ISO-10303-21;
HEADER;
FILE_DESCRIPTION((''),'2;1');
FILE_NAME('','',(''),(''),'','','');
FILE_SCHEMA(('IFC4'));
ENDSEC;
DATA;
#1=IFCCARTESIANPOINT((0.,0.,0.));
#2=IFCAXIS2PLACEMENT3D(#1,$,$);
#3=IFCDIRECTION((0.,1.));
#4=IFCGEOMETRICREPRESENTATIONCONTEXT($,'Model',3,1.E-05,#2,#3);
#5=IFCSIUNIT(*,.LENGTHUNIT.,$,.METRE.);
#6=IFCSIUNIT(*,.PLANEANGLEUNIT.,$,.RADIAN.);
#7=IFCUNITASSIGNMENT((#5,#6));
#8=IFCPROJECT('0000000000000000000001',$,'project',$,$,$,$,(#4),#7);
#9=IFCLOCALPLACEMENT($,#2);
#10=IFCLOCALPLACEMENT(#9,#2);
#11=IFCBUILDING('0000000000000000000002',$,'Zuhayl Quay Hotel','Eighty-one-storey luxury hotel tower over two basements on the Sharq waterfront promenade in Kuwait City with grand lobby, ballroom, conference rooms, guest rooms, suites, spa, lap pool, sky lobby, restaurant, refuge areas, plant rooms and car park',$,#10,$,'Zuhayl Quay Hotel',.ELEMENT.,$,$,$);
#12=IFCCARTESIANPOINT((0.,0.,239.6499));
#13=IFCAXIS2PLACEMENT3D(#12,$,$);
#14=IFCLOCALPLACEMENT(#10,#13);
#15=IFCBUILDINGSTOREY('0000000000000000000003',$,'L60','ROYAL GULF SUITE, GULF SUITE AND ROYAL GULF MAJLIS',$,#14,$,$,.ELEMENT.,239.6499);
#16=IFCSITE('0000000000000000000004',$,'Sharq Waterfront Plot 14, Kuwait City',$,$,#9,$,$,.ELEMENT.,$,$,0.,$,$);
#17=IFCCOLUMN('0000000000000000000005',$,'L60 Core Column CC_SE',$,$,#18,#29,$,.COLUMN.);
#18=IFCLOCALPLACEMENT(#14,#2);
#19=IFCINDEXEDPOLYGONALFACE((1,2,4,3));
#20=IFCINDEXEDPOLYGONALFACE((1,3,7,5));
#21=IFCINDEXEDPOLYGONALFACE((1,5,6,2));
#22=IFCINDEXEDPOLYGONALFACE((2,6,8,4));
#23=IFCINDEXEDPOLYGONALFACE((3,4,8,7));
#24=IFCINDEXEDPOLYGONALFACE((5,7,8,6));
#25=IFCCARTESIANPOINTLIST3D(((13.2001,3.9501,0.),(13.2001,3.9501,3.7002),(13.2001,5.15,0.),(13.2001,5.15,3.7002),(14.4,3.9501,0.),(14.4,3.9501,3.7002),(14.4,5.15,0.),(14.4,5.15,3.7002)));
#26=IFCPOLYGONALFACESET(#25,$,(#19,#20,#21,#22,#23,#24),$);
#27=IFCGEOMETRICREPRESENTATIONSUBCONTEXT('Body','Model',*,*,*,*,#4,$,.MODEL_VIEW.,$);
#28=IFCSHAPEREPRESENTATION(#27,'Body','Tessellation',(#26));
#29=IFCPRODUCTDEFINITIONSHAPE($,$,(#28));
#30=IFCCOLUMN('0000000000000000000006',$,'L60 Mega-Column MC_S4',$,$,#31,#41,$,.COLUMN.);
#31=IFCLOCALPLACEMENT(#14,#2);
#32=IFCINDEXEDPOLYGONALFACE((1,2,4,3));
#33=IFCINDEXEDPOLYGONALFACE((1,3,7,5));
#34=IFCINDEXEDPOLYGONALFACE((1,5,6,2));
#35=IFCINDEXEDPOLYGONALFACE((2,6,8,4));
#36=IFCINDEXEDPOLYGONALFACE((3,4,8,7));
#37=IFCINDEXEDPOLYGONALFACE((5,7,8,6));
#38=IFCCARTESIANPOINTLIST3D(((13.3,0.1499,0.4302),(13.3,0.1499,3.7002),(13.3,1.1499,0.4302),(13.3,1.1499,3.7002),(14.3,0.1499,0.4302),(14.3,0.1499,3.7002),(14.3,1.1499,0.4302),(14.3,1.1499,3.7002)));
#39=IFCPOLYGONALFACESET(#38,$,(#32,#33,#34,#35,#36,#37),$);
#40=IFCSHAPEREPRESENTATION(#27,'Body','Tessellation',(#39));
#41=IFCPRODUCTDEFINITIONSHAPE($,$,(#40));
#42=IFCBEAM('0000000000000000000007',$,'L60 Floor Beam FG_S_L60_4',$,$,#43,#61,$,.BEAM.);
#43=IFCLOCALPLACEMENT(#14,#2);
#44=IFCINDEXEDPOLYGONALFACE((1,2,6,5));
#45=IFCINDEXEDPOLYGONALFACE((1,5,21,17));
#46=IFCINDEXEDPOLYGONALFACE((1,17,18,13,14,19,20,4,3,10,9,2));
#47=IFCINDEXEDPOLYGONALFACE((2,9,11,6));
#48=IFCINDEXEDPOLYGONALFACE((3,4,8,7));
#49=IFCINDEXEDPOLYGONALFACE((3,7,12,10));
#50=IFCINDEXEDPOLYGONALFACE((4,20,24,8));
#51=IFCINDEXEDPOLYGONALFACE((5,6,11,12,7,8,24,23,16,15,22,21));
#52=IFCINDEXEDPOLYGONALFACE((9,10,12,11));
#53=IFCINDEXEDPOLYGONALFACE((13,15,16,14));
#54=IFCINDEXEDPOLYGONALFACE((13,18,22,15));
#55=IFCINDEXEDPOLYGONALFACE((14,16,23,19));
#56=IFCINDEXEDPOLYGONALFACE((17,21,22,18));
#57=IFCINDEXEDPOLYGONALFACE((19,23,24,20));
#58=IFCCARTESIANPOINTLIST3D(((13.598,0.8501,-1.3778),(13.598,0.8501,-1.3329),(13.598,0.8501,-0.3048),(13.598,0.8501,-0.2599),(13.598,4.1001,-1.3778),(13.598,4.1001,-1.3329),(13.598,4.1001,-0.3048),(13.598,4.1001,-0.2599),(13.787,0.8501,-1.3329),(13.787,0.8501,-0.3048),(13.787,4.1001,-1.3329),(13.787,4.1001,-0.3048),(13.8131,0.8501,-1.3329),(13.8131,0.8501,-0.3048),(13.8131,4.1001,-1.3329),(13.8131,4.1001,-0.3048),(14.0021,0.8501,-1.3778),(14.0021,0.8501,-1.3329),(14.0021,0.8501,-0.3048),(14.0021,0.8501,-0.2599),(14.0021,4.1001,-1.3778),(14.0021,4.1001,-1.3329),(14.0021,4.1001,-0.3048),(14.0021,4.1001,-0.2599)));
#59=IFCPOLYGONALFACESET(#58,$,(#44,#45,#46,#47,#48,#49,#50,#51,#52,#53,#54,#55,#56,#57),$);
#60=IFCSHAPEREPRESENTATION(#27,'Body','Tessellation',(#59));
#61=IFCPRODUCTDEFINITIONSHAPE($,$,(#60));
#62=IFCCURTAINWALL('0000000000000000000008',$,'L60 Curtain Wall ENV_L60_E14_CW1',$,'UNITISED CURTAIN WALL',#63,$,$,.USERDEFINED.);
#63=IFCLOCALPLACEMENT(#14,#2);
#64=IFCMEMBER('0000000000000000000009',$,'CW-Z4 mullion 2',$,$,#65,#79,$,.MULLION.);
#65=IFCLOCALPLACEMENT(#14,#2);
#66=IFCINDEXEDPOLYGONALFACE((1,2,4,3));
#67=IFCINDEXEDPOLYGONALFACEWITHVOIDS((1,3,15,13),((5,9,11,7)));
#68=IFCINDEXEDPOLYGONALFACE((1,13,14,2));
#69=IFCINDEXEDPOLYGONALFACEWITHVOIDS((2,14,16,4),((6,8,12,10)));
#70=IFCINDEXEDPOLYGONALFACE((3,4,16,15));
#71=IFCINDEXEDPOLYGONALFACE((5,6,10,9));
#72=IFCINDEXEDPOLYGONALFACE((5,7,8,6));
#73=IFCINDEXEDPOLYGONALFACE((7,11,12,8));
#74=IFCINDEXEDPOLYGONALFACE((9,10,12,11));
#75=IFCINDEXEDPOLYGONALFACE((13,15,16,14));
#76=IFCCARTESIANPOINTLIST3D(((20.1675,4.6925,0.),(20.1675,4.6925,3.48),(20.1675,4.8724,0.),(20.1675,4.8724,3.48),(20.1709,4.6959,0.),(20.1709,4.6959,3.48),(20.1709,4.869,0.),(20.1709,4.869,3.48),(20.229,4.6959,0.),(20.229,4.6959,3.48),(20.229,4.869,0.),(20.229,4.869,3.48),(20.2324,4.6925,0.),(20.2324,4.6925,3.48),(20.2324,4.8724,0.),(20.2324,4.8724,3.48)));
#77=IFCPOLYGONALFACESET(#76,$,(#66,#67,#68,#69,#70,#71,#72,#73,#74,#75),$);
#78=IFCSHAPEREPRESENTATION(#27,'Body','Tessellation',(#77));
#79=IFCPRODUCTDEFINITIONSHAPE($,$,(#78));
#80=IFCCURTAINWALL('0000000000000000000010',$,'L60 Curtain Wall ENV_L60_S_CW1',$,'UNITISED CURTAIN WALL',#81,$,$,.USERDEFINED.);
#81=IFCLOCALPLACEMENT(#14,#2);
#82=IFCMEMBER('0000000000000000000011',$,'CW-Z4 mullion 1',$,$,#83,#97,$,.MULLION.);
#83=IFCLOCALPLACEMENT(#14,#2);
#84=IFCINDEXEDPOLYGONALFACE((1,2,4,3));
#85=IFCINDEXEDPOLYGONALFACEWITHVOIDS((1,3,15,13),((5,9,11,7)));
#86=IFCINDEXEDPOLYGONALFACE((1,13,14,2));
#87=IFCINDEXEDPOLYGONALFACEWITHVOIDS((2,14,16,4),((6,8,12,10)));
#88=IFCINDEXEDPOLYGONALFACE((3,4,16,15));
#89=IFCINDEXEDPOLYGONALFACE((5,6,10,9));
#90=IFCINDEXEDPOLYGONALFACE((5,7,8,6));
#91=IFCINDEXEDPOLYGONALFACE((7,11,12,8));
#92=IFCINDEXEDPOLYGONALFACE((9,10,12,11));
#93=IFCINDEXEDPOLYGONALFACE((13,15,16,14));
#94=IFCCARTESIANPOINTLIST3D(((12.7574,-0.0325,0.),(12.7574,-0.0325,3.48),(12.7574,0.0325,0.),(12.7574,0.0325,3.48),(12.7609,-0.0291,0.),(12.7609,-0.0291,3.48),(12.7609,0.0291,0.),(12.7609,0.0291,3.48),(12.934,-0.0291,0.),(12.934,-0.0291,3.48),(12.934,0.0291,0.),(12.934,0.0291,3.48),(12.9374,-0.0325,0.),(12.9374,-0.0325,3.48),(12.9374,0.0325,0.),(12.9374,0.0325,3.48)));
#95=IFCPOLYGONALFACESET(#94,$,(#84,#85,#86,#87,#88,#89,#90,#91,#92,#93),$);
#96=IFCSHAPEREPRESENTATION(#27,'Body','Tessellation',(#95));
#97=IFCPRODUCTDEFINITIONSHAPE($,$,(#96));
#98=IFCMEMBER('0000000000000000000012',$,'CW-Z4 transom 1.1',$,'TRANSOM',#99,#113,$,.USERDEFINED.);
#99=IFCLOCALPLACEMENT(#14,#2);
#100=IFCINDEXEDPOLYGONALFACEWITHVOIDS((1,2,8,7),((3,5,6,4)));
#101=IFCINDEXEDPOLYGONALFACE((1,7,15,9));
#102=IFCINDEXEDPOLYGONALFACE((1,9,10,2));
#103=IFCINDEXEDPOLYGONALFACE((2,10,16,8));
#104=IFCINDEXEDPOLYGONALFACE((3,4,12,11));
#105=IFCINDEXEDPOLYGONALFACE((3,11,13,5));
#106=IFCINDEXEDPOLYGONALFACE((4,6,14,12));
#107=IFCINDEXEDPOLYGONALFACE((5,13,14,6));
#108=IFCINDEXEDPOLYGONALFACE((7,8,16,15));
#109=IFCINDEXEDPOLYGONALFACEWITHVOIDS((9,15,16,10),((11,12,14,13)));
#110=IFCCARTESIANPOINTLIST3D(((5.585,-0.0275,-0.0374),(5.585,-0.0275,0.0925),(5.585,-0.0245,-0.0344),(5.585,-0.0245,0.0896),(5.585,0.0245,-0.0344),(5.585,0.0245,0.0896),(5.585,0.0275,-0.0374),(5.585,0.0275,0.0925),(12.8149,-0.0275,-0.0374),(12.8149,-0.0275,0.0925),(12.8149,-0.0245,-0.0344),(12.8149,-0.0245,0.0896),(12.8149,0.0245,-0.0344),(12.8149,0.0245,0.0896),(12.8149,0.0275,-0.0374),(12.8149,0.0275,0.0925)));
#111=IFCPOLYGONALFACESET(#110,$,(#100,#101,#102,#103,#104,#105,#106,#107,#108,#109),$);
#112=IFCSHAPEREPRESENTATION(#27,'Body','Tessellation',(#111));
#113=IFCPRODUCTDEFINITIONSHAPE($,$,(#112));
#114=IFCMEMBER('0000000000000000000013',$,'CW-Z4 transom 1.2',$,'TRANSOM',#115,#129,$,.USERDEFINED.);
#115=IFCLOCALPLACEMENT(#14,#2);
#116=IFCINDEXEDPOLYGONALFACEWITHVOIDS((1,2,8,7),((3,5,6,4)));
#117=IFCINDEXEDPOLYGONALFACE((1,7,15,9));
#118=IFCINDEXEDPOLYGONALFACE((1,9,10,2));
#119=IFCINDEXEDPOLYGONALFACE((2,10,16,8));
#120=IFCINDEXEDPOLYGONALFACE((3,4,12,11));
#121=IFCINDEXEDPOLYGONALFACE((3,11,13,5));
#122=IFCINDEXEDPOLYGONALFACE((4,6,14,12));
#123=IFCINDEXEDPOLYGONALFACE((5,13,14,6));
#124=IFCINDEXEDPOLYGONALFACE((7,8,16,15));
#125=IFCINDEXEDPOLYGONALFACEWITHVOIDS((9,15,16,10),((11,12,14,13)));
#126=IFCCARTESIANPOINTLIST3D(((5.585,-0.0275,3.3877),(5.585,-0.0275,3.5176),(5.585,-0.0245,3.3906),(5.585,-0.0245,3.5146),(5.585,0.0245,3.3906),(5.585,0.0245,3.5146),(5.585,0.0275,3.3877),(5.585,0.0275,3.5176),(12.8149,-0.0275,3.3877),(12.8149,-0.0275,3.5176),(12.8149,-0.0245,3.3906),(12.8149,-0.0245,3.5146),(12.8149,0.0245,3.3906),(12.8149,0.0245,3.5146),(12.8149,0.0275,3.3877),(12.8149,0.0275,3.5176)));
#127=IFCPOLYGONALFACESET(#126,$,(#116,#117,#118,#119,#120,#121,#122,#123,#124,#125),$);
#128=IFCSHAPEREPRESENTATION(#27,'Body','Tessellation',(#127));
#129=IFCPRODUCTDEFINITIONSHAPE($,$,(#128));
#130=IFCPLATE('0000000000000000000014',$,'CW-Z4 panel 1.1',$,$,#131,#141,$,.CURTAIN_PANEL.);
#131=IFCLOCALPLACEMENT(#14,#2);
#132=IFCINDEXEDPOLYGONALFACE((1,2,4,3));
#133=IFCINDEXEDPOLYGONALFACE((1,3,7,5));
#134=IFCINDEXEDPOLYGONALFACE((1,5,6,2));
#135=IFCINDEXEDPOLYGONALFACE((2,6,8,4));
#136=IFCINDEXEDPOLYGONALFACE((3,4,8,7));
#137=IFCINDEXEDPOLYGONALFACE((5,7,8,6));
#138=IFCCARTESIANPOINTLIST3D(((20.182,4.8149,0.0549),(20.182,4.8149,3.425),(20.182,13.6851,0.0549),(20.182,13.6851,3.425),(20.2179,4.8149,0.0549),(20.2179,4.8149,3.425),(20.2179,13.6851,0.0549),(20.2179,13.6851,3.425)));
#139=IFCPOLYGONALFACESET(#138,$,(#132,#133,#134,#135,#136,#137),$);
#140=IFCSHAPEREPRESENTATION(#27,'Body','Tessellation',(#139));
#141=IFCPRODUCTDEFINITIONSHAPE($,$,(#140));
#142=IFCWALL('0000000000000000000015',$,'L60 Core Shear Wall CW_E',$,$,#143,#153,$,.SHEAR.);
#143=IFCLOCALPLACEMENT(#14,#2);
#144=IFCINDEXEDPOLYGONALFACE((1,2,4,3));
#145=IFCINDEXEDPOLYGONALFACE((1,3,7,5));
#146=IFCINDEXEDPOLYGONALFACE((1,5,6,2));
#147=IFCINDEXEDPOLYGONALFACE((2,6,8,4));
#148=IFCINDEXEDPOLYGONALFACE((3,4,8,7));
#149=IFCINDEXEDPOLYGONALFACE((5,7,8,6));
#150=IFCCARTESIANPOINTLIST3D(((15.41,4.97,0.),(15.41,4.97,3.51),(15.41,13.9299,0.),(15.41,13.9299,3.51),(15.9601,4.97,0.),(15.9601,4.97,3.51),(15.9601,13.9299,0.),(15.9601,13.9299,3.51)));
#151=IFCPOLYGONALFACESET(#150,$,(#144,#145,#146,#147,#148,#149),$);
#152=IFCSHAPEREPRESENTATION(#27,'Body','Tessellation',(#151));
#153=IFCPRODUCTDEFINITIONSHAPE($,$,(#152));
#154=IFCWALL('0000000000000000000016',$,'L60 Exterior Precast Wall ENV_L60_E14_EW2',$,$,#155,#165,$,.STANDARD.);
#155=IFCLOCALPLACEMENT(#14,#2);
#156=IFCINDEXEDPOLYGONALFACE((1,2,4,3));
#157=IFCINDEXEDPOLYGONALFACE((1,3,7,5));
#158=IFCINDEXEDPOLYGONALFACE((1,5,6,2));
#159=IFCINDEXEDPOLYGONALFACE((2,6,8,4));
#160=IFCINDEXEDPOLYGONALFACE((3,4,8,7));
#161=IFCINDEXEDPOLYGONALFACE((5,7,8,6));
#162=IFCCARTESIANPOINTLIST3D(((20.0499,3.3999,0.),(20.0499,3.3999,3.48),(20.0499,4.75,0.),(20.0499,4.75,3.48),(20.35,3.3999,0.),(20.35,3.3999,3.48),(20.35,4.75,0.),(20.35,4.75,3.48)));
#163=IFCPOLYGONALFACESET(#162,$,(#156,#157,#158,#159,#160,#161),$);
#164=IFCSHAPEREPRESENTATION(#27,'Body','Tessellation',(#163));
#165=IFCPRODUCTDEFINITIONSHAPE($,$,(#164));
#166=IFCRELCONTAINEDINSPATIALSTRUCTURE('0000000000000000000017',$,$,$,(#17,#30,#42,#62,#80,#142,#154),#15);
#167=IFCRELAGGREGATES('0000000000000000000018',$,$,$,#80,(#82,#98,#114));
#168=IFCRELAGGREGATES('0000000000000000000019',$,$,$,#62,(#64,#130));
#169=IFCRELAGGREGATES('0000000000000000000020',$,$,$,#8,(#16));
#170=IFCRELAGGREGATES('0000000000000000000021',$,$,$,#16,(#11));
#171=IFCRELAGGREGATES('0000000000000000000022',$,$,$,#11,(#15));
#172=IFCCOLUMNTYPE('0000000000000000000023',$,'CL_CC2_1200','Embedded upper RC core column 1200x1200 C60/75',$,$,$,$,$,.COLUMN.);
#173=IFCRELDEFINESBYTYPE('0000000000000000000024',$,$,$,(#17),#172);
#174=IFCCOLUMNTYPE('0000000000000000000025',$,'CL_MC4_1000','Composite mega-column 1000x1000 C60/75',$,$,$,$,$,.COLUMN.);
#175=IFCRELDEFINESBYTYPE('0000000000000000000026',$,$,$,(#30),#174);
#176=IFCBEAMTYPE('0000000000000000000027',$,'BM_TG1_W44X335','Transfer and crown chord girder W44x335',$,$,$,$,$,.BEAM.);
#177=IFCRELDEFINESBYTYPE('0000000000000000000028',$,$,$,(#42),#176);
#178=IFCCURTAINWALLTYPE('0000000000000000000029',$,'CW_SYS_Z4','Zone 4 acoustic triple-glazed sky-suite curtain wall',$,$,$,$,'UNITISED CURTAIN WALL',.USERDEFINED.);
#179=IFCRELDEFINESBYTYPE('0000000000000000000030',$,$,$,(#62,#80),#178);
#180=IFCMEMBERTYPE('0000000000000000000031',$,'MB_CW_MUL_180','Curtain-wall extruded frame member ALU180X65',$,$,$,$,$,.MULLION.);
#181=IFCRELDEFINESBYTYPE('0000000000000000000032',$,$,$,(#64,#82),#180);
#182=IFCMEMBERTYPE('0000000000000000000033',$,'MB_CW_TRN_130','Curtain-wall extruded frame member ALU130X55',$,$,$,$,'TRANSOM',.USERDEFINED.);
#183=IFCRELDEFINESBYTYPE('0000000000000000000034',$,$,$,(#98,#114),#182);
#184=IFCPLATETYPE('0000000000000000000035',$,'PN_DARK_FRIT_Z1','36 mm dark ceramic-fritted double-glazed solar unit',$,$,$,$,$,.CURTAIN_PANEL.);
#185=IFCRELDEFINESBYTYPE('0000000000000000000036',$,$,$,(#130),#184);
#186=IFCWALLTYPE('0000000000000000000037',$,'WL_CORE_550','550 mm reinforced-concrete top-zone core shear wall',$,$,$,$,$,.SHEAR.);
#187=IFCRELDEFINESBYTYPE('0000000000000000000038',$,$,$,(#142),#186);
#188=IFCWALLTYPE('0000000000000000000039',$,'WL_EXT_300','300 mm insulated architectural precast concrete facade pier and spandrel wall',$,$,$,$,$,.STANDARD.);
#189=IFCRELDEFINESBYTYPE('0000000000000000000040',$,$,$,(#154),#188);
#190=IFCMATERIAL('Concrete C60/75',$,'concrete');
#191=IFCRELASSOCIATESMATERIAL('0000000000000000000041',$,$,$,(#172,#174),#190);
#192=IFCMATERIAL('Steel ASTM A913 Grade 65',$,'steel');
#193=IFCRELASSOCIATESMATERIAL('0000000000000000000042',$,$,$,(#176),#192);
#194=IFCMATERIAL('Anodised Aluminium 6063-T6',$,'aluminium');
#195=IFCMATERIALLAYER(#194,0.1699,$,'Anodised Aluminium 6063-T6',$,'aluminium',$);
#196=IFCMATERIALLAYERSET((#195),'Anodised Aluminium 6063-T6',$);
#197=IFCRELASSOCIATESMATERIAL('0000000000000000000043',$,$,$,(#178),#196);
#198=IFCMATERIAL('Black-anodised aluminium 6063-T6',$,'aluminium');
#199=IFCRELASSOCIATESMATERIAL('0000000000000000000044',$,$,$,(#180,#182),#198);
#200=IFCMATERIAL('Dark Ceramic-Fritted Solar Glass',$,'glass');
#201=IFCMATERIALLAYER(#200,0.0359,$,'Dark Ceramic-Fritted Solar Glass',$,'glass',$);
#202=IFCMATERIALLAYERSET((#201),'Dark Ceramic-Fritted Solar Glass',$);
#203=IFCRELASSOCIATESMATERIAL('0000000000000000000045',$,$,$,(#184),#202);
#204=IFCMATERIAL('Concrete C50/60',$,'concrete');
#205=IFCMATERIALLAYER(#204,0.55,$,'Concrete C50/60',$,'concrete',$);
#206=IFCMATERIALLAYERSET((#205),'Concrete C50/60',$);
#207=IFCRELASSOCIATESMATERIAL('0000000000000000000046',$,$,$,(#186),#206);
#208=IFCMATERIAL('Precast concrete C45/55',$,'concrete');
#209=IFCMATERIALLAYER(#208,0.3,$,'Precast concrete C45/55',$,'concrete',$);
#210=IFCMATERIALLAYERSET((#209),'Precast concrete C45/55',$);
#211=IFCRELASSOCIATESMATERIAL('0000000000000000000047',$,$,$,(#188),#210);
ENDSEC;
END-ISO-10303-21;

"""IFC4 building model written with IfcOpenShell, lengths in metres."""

from ifc_helpers import new_model, si_unit, direction, frame, frame_2d, origin, origin_2d, place, context, subcontext, project, spatial, rectangle, hollow_rectangle, i_section, extrude, material, layer, layer_set, material_profile, profile_set, type_object, element, aggregate, save


model = new_model("IFC4")

# Units and contexts
model_context = context("Model", 3, precision=1e-05, world=origin(), true_north=direction((0.0, 1.0)))
body_context = subcontext(model_context, "Body", "Model", "MODEL_VIEW")
ifc_project = project(units=[si_unit("LENGTHUNIT", "METRE"), si_unit("PLANEANGLEUNIT", "RADIAN")], contexts=[model_context])

# Site, building, storey
site_placement = place(None, origin())
site = spatial("IfcSite", under=ifc_project, at=site_placement, Name="Sharq Waterfront Plot 14, Kuwait City", CompositionType="ELEMENT", RefElevation=0.0)
building_placement = place(site_placement, origin())
building = spatial("IfcBuilding", under=site, at=building_placement, Name="Zuhayl Quay Hotel", Description="Eighty-one-storey luxury hotel tower over two basements on the Sharq waterfront promenade in Kuwait City with grand lobby, ballroom, conference rooms, guest rooms, suites, spa, lap pool, sky lobby, restaurant, refuge areas, plant rooms and car park", LongName="Zuhayl Quay Hotel", CompositionType="ELEMENT")
storey_placement = place(building_placement, frame((0.0, 0.0, 239.6499)))
storey = spatial("IfcBuildingStorey", under=building, at=storey_placement, Name="L60", Description="ROYAL GULF SUITE, GULF SUITE AND ROYAL GULF MAJLIS", CompositionType="ELEMENT", Elevation=239.6499)

# Columns
ifc_material_1 = material(Name="Concrete C60/75", Category="concrete")
ifc_material_profile_1 = material_profile(ifc_material_1, rectangle(XDim=1.2, YDim=1.2, at=origin_2d()), Name="RC1200X1200")
ifc_profile_set_1 = profile_set([ifc_material_profile_1], Name="Concrete C60/75")
column_type_1 = type_object("IfcColumnType", Name="CL_CC2_1200", Description="Embedded upper RC core column 1200x1200 C60/75", PredefinedType="COLUMN", material=ifc_profile_set_1)
column_1_placement = place(storey_placement, frame((13.8, 4.55, 0.0), z_axis=(0.0, 0.0, 1.0), x_axis=(1.0, 0.0, 0.0)))
element("IfcColumn", 1, at=column_1_placement, inside=storey, type_object=column_type_1, Name="L60 Core Column CC_SE", PredefinedType="COLUMN", context=body_context, shape_type="SweptSolid", body=[
    extrude(rectangle(XDim=1.2, YDim=1.2, at=origin_2d()), origin(), (0.0, 0.0, 1.0), 3.7002),
])
ifc_material_profile_2 = material_profile(ifc_material_1, rectangle(XDim=1.0, YDim=1.0, at=origin_2d()), Name="RC1000X1000")
ifc_profile_set_2 = profile_set([ifc_material_profile_2], Name="Concrete C60/75")
column_type_2 = type_object("IfcColumnType", Name="CL_MC4_1000", Description="Composite mega-column 1000x1000 C60/75", PredefinedType="COLUMN", material=ifc_profile_set_2)
column_2_placement = place(storey_placement, frame((13.8, 0.6499, 0.4302), z_axis=(0.0, 0.0, 1.0), x_axis=(1.0, 0.0, 0.0)))
element("IfcColumn", 2, at=column_2_placement, inside=storey, type_object=column_type_2, Name="L60 Mega-Column MC_S4", PredefinedType="COLUMN", context=body_context, shape_type="SweptSolid", body=[
    extrude(rectangle(XDim=1.0, YDim=1.0, at=origin_2d()), origin(), (0.0, 0.0, 1.0), 3.27),
])

# Beam
ifc_material_2 = material(Name="Steel ASTM A913 Grade 65", Category="steel")
ifc_material_profile_3 = material_profile(ifc_material_2, i_section(OverallWidth=0.4041, OverallDepth=1.1179, WebThickness=0.0261, FlangeThickness=0.0449, at=origin_2d()), Name="W44X335")
ifc_profile_set_3 = profile_set([ifc_material_profile_3], Name="Steel ASTM A913 Grade 65")
beam_type = type_object("IfcBeamType", Name="BM_TG1_W44X335", Description="Transfer and crown chord girder W44x335", PredefinedType="BEAM", material=ifc_profile_set_3)
beam_placement = place(storey_placement, frame((13.8, 0.8501, -0.8188), z_axis=(0.0, 1.0, 0.0), x_axis=(-1.0, 0.0, 0.0)))
element("IfcBeam", 3, at=beam_placement, inside=storey, type_object=beam_type, Name="L60 Floor Beam FG_S_L60_4", PredefinedType="BEAM", context=body_context, shape_type="SweptSolid", body=[
    extrude(i_section(OverallWidth=0.4041, OverallDepth=1.1179, WebThickness=0.0261, FlangeThickness=0.0449, at=origin_2d()), origin(), (0.0, 0.0, 1.0), 3.25),
])

# Curtain wall, member
ifc_material_3 = material(Name="Anodised Aluminium 6063-T6", Category="aluminium")
ifc_layer_1 = layer(ifc_material_3, 0.1699, Name="Anodised Aluminium 6063-T6", Category="aluminium")
ifc_layer_set_1 = layer_set([ifc_layer_1], Name="Anodised Aluminium 6063-T6")
curtain_wall_type = type_object("IfcCurtainWallType", Name="CW_SYS_Z4", Description="Zone 4 acoustic triple-glazed sky-suite curtain wall", ElementType="UNITISED CURTAIN WALL", PredefinedType="USERDEFINED", material=ifc_layer_set_1)
curtain_wall_1_placement = place(storey_placement, origin())
curtain_wall_1 = element("IfcCurtainWall", 4, at=curtain_wall_1_placement, inside=storey, type_object=curtain_wall_type, Name="L60 Curtain Wall ENV_L60_E14_CW1", ObjectType="UNITISED CURTAIN WALL", PredefinedType="USERDEFINED")
ifc_material_4 = material(Name="Black-anodised aluminium 6063-T6", Category="aluminium")
ifc_material_profile_4 = material_profile(ifc_material_4, hollow_rectangle(XDim=0.0649, YDim=0.1799, WallThickness=0.0034, at=origin_2d()), Name="ALU180X65")
ifc_profile_set_4 = profile_set([ifc_material_profile_4], Name="Black-anodised aluminium 6063-T6")
member_type_1 = type_object("IfcMemberType", Name="MB_CW_MUL_180", Description="Curtain-wall extruded frame member ALU180X65", PredefinedType="MULLION", material=ifc_profile_set_4)
member_1_placement = place(storey_placement, frame((20.2, 4.7825, 0.0), z_axis=(0.0, 0.0, 1.0), x_axis=(1.0, 0.0, 0.0)))
member_1 = element("IfcMember", 5, at=member_1_placement, type_object=member_type_1, Name="CW-Z4 mullion 2", PredefinedType="MULLION", context=body_context, shape_type="SweptSolid", body=[
    extrude(hollow_rectangle(XDim=0.0649, YDim=0.1799, WallThickness=0.0034, at=origin_2d()), origin(), (0.0, 0.0, 1.0), 3.48),
])

# Curtain wall, members
curtain_wall_2_placement = place(storey_placement, origin())
curtain_wall_2 = element("IfcCurtainWall", 6, at=curtain_wall_2_placement, inside=storey, type_object=curtain_wall_type, Name="L60 Curtain Wall ENV_L60_S_CW1", ObjectType="UNITISED CURTAIN WALL", PredefinedType="USERDEFINED")
member_2_placement = place(storey_placement, frame((12.8474, 0.0, 0.0), z_axis=(0.0, 0.0, 1.0), x_axis=(0.0, -1.0, 0.0)))
member_2 = element("IfcMember", 7, at=member_2_placement, type_object=member_type_1, Name="CW-Z4 mullion 1", PredefinedType="MULLION", context=body_context, shape_type="SweptSolid", body=[
    extrude(hollow_rectangle(XDim=0.0649, YDim=0.1799, WallThickness=0.0034, at=origin_2d()), origin(), (0.0, 0.0, 1.0), 3.48),
])
ifc_material_profile_5 = material_profile(ifc_material_4, hollow_rectangle(XDim=0.0549, YDim=0.1299, WallThickness=0.0029, at=origin_2d()), Name="ALU130X55")
ifc_profile_set_5 = profile_set([ifc_material_profile_5], Name="Black-anodised aluminium 6063-T6")
member_type_2 = type_object("IfcMemberType", Name="MB_CW_TRN_130", Description="Curtain-wall extruded frame member ALU130X55", ElementType="TRANSOM", PredefinedType="USERDEFINED", material=ifc_profile_set_5)
member_3_placement = place(storey_placement, frame((12.8149, 0.0, 0.0276), z_axis=(-1.0, 0.0, 0.0), x_axis=(0.0, -1.0, 0.0)))
member_3 = element("IfcMember", 8, at=member_3_placement, type_object=member_type_2, Name="CW-Z4 transom 1.1", ObjectType="TRANSOM", PredefinedType="USERDEFINED", context=body_context, shape_type="SweptSolid", body=[
    extrude(hollow_rectangle(XDim=0.0549, YDim=0.1299, WallThickness=0.0029, at=origin_2d()), origin(), (0.0, 0.0, 1.0), 7.23),
])
member_4_placement = place(storey_placement, frame((12.8149, 0.0, 3.4526), z_axis=(-1.0, 0.0, 0.0), x_axis=(0.0, -1.0, 0.0)))
member_4 = element("IfcMember", 9, at=member_4_placement, type_object=member_type_2, Name="CW-Z4 transom 1.2", ObjectType="TRANSOM", PredefinedType="USERDEFINED", context=body_context, shape_type="SweptSolid", body=[
    extrude(hollow_rectangle(XDim=0.0549, YDim=0.1299, WallThickness=0.0029, at=origin_2d()), origin(), (0.0, 0.0, 1.0), 7.23),
])
aggregate(curtain_wall_2, [member_2, member_3, member_4])

# Plate
ifc_material_5 = material(Name="Dark Ceramic-Fritted Solar Glass", Category="glass")
ifc_layer_2 = layer(ifc_material_5, 0.0359, Name="Dark Ceramic-Fritted Solar Glass", Category="glass")
ifc_layer_set_2 = layer_set([ifc_layer_2], Name="Dark Ceramic-Fritted Solar Glass")
plate_type = type_object("IfcPlateType", Name="PN_DARK_FRIT_Z1", Description="36 mm dark ceramic-fritted double-glazed solar unit", PredefinedType="CURTAIN_PANEL", material=ifc_layer_set_2)
plate_placement = place(storey_placement, frame((20.2, 9.25, 0.0549), z_axis=(0.0, 0.0, 1.0), x_axis=(0.0, -1.0, 0.0)))
plate = element("IfcPlate", 10, at=plate_placement, type_object=plate_type, Name="CW-Z4 panel 1.1", PredefinedType="CURTAIN_PANEL", context=body_context, shape_type="SweptSolid", body=[
    extrude(rectangle(XDim=8.8701, YDim=0.0359, at=origin_2d()), origin(), (0.0, 0.0, 1.0), 3.3701),
])
aggregate(curtain_wall_1, [member_1, plate])

# Walls
ifc_material_6 = material(Name="Concrete C50/60", Category="concrete")
ifc_layer_3 = layer(ifc_material_6, 0.55, Name="Concrete C50/60", Category="concrete")
ifc_layer_set_3 = layer_set([ifc_layer_3], Name="Concrete C50/60")
wall_type_1 = type_object("IfcWallType", Name="WL_CORE_550", Description="550 mm reinforced-concrete top-zone core shear wall", PredefinedType="SHEAR", material=ifc_layer_set_3)
wall_1_placement = place(storey_placement, frame((15.6851, 4.97, 0.0), z_axis=(0.0, 0.0, 1.0), x_axis=(0.0, 1.0, 0.0)))
element("IfcWall", 11, at=wall_1_placement, inside=storey, type_object=wall_type_1, Name="L60 Core Shear Wall CW_E", PredefinedType="SHEAR", context=body_context, shape_type="SweptSolid", body=[
    extrude(rectangle(XDim=8.96, YDim=0.55, at=frame_2d((4.48, 0.0))), origin(), (0.0, 0.0, 1.0), 3.51),
])
ifc_material_7 = material(Name="Precast concrete C45/55", Category="concrete")
ifc_layer_4 = layer(ifc_material_7, 0.3, Name="Precast concrete C45/55", Category="concrete")
ifc_layer_set_4 = layer_set([ifc_layer_4], Name="Precast concrete C45/55")
wall_type_2 = type_object("IfcWallType", Name="WL_EXT_300", Description="300 mm insulated architectural precast concrete facade pier and spandrel wall", PredefinedType="STANDARD", material=ifc_layer_set_4)
wall_2_placement = place(storey_placement, frame((20.2, 4.75, 0.0), z_axis=(0.0, 0.0, 1.0), x_axis=(0.0, -1.0, 0.0)))
element("IfcWall", 12, at=wall_2_placement, inside=storey, type_object=wall_type_2, Name="L60 Exterior Precast Wall ENV_L60_E14_EW2", PredefinedType="STANDARD", context=body_context, shape_type="SweptSolid", body=[
    extrude(rectangle(XDim=1.3501, YDim=0.3, at=frame_2d((0.675, 0.0))), origin(), (0.0, 0.0, 1.0), 3.48),
])

save(model, "model.ifc")
